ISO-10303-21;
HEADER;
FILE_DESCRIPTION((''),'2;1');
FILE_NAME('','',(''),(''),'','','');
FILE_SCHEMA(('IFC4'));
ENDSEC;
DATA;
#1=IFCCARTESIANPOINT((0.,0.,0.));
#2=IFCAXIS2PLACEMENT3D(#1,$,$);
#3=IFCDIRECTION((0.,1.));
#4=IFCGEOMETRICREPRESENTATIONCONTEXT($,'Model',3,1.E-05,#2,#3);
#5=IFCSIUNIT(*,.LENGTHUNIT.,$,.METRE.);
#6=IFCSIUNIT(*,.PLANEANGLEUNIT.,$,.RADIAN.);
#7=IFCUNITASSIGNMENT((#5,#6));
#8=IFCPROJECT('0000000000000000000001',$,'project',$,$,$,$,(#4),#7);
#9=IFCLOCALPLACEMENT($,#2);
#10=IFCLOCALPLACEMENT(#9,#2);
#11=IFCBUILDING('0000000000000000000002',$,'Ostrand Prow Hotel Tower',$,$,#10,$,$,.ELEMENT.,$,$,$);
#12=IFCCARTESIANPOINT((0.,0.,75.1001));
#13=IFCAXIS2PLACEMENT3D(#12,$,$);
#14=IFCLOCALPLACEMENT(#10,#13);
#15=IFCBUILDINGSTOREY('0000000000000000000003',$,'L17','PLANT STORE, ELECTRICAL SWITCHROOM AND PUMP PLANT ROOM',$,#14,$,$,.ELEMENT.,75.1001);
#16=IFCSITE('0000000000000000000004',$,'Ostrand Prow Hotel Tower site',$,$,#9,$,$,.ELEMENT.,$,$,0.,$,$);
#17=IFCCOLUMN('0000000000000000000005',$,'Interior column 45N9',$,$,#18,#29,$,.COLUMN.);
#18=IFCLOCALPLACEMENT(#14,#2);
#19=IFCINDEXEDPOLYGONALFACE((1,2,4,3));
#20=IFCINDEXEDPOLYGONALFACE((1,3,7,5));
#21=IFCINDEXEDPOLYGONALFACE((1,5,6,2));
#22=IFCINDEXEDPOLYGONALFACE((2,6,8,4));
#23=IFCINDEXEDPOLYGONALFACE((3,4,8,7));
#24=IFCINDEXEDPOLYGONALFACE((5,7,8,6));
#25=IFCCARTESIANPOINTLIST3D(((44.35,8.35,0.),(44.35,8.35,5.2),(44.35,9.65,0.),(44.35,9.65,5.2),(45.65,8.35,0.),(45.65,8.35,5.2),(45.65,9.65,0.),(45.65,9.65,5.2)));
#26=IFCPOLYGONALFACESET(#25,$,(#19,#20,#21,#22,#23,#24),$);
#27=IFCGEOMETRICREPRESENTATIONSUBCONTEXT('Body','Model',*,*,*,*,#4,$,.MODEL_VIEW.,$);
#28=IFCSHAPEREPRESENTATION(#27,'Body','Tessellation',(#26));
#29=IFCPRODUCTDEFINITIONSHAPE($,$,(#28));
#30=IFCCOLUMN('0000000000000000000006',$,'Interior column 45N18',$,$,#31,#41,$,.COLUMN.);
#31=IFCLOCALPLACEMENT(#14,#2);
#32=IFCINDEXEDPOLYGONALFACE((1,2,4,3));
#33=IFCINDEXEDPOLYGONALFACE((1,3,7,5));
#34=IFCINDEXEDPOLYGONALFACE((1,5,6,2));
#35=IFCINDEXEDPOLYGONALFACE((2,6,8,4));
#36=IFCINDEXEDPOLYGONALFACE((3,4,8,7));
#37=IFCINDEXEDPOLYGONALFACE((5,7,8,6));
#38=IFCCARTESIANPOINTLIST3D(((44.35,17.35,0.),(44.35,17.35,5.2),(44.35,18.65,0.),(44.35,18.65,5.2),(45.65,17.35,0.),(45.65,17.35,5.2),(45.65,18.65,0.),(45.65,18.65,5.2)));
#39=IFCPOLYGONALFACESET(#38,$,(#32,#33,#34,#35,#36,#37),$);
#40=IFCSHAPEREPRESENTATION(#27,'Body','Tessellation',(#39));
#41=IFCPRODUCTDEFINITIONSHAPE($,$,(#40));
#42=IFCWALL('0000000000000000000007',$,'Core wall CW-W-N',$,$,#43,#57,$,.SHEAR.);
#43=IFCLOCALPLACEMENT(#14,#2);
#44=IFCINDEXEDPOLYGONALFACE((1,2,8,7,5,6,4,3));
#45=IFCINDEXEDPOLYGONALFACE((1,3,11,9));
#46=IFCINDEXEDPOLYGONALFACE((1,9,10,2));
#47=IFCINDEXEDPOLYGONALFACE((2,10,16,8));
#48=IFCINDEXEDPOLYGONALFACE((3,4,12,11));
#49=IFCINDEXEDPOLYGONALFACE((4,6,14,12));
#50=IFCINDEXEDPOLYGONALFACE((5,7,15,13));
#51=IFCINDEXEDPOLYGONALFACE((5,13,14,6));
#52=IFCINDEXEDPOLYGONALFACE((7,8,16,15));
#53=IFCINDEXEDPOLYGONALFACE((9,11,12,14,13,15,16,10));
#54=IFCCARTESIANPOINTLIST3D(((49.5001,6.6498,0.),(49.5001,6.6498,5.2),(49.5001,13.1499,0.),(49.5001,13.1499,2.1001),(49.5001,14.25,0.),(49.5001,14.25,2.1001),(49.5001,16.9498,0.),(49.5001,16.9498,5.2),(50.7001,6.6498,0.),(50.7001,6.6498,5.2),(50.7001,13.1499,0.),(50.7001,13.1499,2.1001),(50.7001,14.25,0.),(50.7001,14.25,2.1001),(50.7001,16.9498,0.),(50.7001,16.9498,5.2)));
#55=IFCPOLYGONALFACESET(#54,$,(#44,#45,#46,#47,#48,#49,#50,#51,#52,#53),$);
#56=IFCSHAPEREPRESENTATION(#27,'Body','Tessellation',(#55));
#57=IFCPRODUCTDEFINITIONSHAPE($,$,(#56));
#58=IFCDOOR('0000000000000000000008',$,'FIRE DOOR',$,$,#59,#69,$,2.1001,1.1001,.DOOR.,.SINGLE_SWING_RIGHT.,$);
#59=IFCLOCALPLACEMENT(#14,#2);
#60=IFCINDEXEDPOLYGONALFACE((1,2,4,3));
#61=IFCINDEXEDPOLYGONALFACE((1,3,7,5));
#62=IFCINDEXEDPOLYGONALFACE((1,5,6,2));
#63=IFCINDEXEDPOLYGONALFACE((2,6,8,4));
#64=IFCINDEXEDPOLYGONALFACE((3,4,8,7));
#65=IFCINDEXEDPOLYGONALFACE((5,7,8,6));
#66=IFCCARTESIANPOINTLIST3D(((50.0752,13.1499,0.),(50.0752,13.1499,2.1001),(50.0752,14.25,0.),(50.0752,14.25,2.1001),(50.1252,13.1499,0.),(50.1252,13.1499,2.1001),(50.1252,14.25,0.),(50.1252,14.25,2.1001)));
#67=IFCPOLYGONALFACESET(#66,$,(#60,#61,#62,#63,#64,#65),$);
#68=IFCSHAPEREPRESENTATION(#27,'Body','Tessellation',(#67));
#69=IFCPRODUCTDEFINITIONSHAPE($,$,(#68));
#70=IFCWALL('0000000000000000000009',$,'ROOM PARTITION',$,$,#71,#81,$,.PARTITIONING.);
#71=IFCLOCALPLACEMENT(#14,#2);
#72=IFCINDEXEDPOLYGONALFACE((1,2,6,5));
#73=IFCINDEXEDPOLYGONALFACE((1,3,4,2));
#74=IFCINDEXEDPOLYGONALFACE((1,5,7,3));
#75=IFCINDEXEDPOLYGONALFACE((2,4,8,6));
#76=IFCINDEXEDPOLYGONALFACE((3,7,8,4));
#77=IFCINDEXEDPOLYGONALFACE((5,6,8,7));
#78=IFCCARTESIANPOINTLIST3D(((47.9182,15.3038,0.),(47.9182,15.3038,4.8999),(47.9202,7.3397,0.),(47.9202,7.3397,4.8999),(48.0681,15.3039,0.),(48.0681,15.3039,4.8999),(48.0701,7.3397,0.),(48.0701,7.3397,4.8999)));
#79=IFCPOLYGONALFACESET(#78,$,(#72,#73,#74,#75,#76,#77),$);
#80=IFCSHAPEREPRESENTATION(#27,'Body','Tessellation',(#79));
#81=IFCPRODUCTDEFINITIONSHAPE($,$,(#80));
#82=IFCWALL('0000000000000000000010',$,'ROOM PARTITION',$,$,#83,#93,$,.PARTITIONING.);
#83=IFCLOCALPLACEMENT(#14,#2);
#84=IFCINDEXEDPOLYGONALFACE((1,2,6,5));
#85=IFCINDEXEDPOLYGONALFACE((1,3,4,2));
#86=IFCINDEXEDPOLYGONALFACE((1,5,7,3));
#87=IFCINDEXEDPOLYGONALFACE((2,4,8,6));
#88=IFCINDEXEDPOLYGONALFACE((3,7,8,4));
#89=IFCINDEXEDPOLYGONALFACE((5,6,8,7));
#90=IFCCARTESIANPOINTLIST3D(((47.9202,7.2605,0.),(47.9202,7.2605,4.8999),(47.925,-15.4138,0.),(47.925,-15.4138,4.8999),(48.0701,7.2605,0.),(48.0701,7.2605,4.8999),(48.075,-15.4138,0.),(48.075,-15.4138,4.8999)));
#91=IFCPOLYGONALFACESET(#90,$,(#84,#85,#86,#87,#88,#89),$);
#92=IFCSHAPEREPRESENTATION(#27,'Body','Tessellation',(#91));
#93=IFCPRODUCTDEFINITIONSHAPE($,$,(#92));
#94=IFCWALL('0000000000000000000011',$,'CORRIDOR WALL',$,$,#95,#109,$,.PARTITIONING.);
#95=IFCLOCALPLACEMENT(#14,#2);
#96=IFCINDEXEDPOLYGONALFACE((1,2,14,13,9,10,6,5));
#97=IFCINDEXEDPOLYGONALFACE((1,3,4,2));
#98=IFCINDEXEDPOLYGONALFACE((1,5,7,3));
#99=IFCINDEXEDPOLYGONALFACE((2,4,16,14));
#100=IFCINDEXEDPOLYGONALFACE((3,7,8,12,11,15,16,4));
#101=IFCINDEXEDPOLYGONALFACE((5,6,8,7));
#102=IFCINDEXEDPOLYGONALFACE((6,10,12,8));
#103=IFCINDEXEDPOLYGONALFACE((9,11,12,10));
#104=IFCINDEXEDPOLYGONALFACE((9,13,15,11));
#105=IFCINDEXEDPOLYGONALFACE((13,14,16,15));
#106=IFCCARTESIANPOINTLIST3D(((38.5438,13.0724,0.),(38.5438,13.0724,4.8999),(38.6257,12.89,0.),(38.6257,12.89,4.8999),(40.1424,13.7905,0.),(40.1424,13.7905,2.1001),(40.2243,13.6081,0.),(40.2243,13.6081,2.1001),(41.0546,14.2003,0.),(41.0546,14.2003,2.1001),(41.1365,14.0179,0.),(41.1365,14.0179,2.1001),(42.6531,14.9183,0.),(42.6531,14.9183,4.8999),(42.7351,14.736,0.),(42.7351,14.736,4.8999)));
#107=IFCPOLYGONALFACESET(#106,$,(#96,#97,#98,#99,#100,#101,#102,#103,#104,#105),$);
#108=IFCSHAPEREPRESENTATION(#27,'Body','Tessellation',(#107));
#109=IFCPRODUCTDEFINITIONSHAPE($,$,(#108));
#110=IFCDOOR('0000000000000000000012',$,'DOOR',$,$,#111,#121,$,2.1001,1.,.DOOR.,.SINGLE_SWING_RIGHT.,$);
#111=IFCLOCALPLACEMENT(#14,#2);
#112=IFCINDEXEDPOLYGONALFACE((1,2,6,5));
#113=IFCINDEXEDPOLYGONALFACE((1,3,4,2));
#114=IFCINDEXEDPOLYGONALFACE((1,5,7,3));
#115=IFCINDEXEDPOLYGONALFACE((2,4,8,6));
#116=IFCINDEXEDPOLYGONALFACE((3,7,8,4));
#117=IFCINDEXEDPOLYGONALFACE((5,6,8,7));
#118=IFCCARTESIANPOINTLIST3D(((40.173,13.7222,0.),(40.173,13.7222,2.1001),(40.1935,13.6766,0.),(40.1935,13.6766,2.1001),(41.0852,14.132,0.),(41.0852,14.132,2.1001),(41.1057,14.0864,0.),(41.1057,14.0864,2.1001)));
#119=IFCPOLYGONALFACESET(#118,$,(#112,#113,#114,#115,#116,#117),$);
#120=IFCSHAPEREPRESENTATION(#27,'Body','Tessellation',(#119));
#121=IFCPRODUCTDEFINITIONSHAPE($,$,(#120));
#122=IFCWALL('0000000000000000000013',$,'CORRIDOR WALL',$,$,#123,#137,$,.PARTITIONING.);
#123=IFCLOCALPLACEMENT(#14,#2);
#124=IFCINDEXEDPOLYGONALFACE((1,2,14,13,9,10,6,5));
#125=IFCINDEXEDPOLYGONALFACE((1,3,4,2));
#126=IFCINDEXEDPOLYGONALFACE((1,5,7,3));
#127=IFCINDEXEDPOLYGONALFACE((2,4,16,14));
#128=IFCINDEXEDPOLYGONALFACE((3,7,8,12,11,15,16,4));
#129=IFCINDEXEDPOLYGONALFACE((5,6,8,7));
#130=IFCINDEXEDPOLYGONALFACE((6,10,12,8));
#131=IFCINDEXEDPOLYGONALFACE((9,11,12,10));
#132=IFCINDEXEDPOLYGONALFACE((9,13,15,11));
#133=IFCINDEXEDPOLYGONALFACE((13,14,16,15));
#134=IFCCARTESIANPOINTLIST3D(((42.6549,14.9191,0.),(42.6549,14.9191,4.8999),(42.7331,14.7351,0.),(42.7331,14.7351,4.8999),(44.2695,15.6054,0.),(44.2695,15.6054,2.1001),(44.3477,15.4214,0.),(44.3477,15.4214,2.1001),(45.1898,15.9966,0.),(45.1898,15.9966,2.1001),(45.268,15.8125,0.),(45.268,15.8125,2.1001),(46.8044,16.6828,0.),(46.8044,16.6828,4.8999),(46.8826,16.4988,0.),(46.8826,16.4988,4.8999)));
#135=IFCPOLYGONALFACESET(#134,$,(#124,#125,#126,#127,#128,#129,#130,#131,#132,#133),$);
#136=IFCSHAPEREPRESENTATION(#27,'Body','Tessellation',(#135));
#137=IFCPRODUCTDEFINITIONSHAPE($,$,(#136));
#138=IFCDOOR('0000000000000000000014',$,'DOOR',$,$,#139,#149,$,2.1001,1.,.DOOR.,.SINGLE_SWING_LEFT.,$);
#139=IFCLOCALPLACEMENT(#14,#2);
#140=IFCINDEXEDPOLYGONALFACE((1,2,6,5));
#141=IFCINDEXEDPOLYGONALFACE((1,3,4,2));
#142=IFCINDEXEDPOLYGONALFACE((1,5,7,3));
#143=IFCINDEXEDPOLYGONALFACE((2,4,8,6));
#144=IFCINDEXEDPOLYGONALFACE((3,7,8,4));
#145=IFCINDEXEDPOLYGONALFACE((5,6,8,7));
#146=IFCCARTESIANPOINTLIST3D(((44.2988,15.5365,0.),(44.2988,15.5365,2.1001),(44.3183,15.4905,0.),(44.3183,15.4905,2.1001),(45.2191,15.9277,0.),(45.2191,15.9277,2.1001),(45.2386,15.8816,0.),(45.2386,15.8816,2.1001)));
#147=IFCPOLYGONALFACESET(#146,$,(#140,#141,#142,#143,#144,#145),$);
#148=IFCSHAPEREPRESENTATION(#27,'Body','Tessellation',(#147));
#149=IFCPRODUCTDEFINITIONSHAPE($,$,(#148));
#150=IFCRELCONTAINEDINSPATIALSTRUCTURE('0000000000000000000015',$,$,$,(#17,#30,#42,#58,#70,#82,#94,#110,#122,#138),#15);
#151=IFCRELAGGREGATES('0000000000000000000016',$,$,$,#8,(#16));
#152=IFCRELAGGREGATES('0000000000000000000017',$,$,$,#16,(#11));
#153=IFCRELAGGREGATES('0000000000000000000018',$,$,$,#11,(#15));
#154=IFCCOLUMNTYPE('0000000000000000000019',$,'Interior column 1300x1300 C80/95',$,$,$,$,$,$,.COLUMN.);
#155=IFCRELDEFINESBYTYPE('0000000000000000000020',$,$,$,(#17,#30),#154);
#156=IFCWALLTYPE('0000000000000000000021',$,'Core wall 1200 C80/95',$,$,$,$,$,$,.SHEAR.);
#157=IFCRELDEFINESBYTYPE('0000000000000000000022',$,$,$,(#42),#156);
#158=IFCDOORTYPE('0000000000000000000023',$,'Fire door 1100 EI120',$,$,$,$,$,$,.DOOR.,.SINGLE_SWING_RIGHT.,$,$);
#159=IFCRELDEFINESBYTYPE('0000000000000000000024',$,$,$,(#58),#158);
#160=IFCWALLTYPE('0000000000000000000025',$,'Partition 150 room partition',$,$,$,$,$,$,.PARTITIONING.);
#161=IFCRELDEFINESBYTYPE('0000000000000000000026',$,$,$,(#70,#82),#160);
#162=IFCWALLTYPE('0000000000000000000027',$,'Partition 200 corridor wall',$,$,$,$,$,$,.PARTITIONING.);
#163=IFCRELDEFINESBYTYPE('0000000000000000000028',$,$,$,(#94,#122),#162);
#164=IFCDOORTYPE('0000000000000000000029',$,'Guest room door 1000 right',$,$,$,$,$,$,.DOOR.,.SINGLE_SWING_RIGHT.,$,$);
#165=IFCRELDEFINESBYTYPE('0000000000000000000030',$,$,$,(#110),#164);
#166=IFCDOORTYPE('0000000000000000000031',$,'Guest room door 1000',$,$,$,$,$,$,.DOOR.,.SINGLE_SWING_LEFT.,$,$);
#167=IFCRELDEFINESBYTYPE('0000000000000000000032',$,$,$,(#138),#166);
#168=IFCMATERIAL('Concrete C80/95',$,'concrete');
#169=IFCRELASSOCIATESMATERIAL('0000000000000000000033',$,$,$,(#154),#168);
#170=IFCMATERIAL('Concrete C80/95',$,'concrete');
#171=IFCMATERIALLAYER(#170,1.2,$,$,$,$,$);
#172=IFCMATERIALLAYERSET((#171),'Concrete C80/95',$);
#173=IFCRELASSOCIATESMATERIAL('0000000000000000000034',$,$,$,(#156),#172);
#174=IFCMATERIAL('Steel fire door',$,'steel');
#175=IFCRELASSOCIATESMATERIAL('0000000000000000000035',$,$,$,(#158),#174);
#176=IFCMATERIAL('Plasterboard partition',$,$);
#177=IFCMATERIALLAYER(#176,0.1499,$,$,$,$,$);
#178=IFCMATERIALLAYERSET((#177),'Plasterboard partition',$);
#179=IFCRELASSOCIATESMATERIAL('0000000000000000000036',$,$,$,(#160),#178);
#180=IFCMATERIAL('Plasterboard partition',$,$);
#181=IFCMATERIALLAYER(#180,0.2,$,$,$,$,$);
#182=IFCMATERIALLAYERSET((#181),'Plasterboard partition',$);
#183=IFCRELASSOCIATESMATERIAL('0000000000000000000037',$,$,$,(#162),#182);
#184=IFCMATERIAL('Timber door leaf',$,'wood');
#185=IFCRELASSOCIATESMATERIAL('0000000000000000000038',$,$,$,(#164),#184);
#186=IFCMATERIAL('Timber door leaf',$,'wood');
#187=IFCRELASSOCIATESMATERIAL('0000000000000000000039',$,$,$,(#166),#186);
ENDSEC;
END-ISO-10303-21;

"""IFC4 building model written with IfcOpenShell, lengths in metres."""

from ifc_helpers import new_model, si_unit, direction, frame, frame_2d, origin, origin_2d, place, context, subcontext, project, spatial, rectangle, extrude, material, layer, layer_set, material_profile, profile_set, type_object, element, fill, save


model = new_model("IFC4")

# Units and contexts
model_context = context("Model", 3, precision=1e-05, world=origin(), true_north=direction((0.0, 1.0)))
body_context = subcontext(model_context, "Body", "Model", "MODEL_VIEW")
ifc_project = project(units=[si_unit("LENGTHUNIT", "METRE"), si_unit("PLANEANGLEUNIT", "RADIAN")], contexts=[model_context])

# Site, building, storey
site_placement = place(None, origin())
site = spatial("IfcSite", under=ifc_project, at=site_placement, Name="Ostrand Prow Hotel Tower site", CompositionType="ELEMENT", RefElevation=0.0)
building_placement = place(site_placement, origin())
building = spatial("IfcBuilding", under=site, at=building_placement, Name="Ostrand Prow Hotel Tower", CompositionType="ELEMENT")
storey_placement = place(building_placement, frame((0.0, 0.0, 75.1001)))
storey = spatial("IfcBuildingStorey", under=building, at=storey_placement, Name="L17", Description="PLANT STORE, ELECTRICAL SWITCHROOM AND PUMP PLANT ROOM", CompositionType="ELEMENT", Elevation=75.1001)

# Columns
ifc_material_1 = material(Name="Concrete C80/95", Category="concrete")
ifc_material_profile = material_profile(ifc_material_1, rectangle(XDim=1.3, YDim=1.3, at=origin_2d()), Name="RC 1300x1300")
ifc_profile_set = profile_set([ifc_material_profile], Name="Concrete C80/95")
column_type = type_object("IfcColumnType", Name="Interior column 1300x1300 C80/95", PredefinedType="COLUMN", material=ifc_profile_set)
for number, where, z_axis, x_axis, name in (
    (1, (45.0, 9.0, 0.0), (0.0, 0.0, 1.0), (1.0, 0.0, 0.0), "Interior column 45N9"),
    (2, (45.0, 18.0, 0.0), (0.0, 0.0, 1.0), (1.0, 0.0, 0.0), "Interior column 45N18"),
):
    element("IfcColumn", number, at=place(storey_placement, frame(where, z_axis=z_axis, x_axis=x_axis)), inside=storey, type_object=column_type, Name=name, PredefinedType="COLUMN", context=body_context, shape_type="SweptSolid", body=[
        extrude(rectangle(XDim=1.3, YDim=1.3, at=origin_2d()), origin(), (0.0, 0.0, 1.0), 5.2),
    ])

# Wall, opening, door
ifc_material_2 = material(Name="Concrete C80/95", Category="concrete")
ifc_layer_1 = layer(ifc_material_2, 1.2)
ifc_layer_set_1 = layer_set([ifc_layer_1], Name="Concrete C80/95")
wall_type_1 = type_object("IfcWallType", Name="Core wall 1200 C80/95", PredefinedType="SHEAR", material=ifc_layer_set_1)
wall_1_placement = place(storey_placement, frame((50.1001, 6.6499, 0.0), z_axis=(0.0, 0.0, 1.0), x_axis=(0.0, 1.0, 0.0)))
wall_1 = element("IfcWall", 3, at=wall_1_placement, inside=storey, type_object=wall_type_1, Name="Core wall CW-W-N", PredefinedType="SHEAR", context=body_context, shape_type="SweptSolid", body=[
    extrude(rectangle(XDim=10.3, YDim=1.2, at=frame_2d((5.1499, 0.0))), origin(), (0.0, 0.0, 1.0), 5.2),
])
opening_1_placement = place(wall_1_placement, frame((6.5, 0.0, 0.0)))
opening_1 = element("IfcOpeningElement", 4, at=opening_1_placement, cuts=wall_1, PredefinedType="OPENING", context=body_context, shape_type="SweptSolid", body=[
    extrude(rectangle(XDim=1.1001, YDim=2.1001, at=frame_2d((0.55, 1.05))), frame((0.0, 0.6099, 0.0), z_axis=(0.0, -1.0, 0.0), x_axis=(1.0, 0.0, 0.0)), (0.0, 0.0, 1.0), 1.22),
])
ifc_material_3 = material(Name="Steel fire door", Category="steel")
door_type_1 = type_object("IfcDoorType", Name="Fire door 1100 EI120", OperationType="SINGLE_SWING_RIGHT", PredefinedType="DOOR", material=ifc_material_3)
door_1_placement = place(opening_1_placement, origin())
door_1 = element("IfcDoor", 5, at=door_1_placement, inside=storey, type_object=door_type_1, Name="FIRE DOOR", OperationType="SINGLE_SWING_RIGHT", OverallHeight=2.1001, OverallWidth=1.1001, PredefinedType="DOOR", context=body_context, shape_type="SweptSolid", body=[
    extrude(rectangle(XDim=1.1001, YDim=2.1001, at=frame_2d((0.55, 1.05))), frame((0.0, 0.0249, 0.0), z_axis=(0.0, -1.0, 0.0), x_axis=(1.0, 0.0, 0.0)), (0.0, 0.0, 1.0), 0.05),
])
fill(opening_1, door_1)

# Walls
ifc_material_4 = material(Name="Plasterboard partition")
ifc_layer_2 = layer(ifc_material_4, 0.1499)
ifc_layer_set_2 = layer_set([ifc_layer_2], Name="Plasterboard partition")
wall_type_2 = type_object("IfcWallType", Name="Partition 150 room partition", PredefinedType="PARTITIONING", material=ifc_layer_set_2)
wall_2_placement = place(storey_placement, frame((47.9932, 15.3037, 0.0), z_axis=(0.0, 0.0, 1.0), x_axis=(0.000245, -1.0, 0.0)))
element("IfcWall", 6, at=wall_2_placement, inside=storey, type_object=wall_type_2, Name="ROOM PARTITION", PredefinedType="PARTITIONING", context=body_context, shape_type="SweptSolid", body=[
    extrude(rectangle(XDim=7.9641, YDim=0.1499, at=frame_2d((3.9819, 0.0))), origin(), (0.0, 0.0, 1.0), 4.8999),
])
wall_3_placement = place(storey_placement, frame((47.9951, 7.2605, 0.0), z_axis=(0.0, 0.0, 1.0), x_axis=(0.000215, -1.0, 0.0)))
element("IfcWall", 7, at=wall_3_placement, inside=storey, type_object=wall_type_2, Name="ROOM PARTITION", PredefinedType="PARTITIONING", context=body_context, shape_type="SweptSolid", body=[
    extrude(rectangle(XDim=22.6743, YDim=0.1499, at=frame_2d((11.3372, 0.0))), origin(), (0.0, 0.0, 1.0), 4.8999),
])

# Walls, openings, doors
ifc_material_5 = material(Name="Plasterboard partition")
ifc_layer_3 = layer(ifc_material_5, 0.2)
ifc_layer_set_3 = layer_set([ifc_layer_3], Name="Plasterboard partition")
wall_type_3 = type_object("IfcWallType", Name="Partition 200 corridor wall", PredefinedType="PARTITIONING", material=ifc_layer_set_3)
wall_4_placement = place(storey_placement, frame((42.6941, 14.8271, 0.0), z_axis=(0.0, 0.0, 1.0), x_axis=(-0.912193, -0.409761, 0.0)))
wall_4 = element("IfcWall", 8, at=wall_4_placement, inside=storey, type_object=wall_type_3, Name="CORRIDOR WALL", PredefinedType="PARTITIONING", context=body_context, shape_type="SweptSolid", body=[
    extrude(rectangle(XDim=4.5049, YDim=0.2, at=frame_2d((2.2524, 0.0))), origin(), (0.0, 0.0, 1.0), 4.8999),
])
opening_2_placement = place(wall_4_placement, frame((1.7524, 0.0, 0.0)))
opening_2 = element("IfcOpeningElement", 9, at=opening_2_placement, cuts=wall_4, PredefinedType="OPENING", context=body_context, shape_type="SweptSolid", body=[
    extrude(rectangle(XDim=1.0, YDim=2.1001, at=frame_2d((0.5, 1.05))), frame((0.0, 0.1099, 0.0), z_axis=(0.0, -1.0, 0.0), x_axis=(1.0, 0.0, 0.0)), (0.0, 0.0, 1.0), 0.22),
])
ifc_material_6 = material(Name="Timber door leaf", Category="wood")
door_type_2 = type_object("IfcDoorType", Name="Guest room door 1000 right", OperationType="SINGLE_SWING_RIGHT", PredefinedType="DOOR", material=ifc_material_6)
door_2_placement = place(opening_2_placement, origin())
door_2 = element("IfcDoor", 10, at=door_2_placement, inside=storey, type_object=door_type_2, Name="DOOR", OperationType="SINGLE_SWING_RIGHT", OverallHeight=2.1001, OverallWidth=1.0, PredefinedType="DOOR", context=body_context, shape_type="SweptSolid", body=[
    extrude(rectangle(XDim=1.0, YDim=2.1001, at=frame_2d((0.5, 1.05))), frame((0.0, 0.0249, 0.0), z_axis=(0.0, -1.0, 0.0), x_axis=(1.0, 0.0, 0.0)), (0.0, 0.0, 1.0), 0.05),
])
fill(opening_2, door_2)
wall_5_placement = place(storey_placement, frame((46.8435, 16.5908, 0.0), z_axis=(0.0, 0.0, 1.0), x_axis=(-0.920317, -0.391173, 0.0)))
wall_5 = element("IfcWall", 11, at=wall_5_placement, inside=storey, type_object=wall_type_3, Name="CORRIDOR WALL", PredefinedType="PARTITIONING", context=body_context, shape_type="SweptSolid", body=[
    extrude(rectangle(XDim=4.5088, YDim=0.2, at=frame_2d((2.2544, 0.0))), origin(), (0.0, 0.0, 1.0), 4.8999),
])
opening_3_placement = place(wall_5_placement, frame((1.7544, 0.0, 0.0)))
opening_3 = element("IfcOpeningElement", 12, at=opening_3_placement, cuts=wall_5, PredefinedType="OPENING", context=body_context, shape_type="SweptSolid", body=[
    extrude(rectangle(XDim=1.0, YDim=2.1001, at=frame_2d((0.5, 1.05))), frame((0.0, 0.1099, 0.0), z_axis=(0.0, -1.0, 0.0), x_axis=(1.0, 0.0, 0.0)), (0.0, 0.0, 1.0), 0.22),
])
ifc_material_7 = material(Name="Timber door leaf", Category="wood")
door_type_3 = type_object("IfcDoorType", Name="Guest room door 1000", OperationType="SINGLE_SWING_LEFT", PredefinedType="DOOR", material=ifc_material_7)
door_3_placement = place(opening_3_placement, origin())
door_3 = element("IfcDoor", 13, at=door_3_placement, inside=storey, type_object=door_type_3, Name="DOOR", OperationType="SINGLE_SWING_LEFT", OverallHeight=2.1001, OverallWidth=1.0, PredefinedType="DOOR", context=body_context, shape_type="SweptSolid", body=[
    extrude(rectangle(XDim=1.0, YDim=2.1001, at=frame_2d((0.5, 1.05))), frame((0.0, 0.0249, 0.0), z_axis=(0.0, -1.0, 0.0), x_axis=(1.0, 0.0, 0.0)), (0.0, 0.0, 1.0), 0.05),
])
fill(opening_3, door_3)

save(model, "model.ifc")
